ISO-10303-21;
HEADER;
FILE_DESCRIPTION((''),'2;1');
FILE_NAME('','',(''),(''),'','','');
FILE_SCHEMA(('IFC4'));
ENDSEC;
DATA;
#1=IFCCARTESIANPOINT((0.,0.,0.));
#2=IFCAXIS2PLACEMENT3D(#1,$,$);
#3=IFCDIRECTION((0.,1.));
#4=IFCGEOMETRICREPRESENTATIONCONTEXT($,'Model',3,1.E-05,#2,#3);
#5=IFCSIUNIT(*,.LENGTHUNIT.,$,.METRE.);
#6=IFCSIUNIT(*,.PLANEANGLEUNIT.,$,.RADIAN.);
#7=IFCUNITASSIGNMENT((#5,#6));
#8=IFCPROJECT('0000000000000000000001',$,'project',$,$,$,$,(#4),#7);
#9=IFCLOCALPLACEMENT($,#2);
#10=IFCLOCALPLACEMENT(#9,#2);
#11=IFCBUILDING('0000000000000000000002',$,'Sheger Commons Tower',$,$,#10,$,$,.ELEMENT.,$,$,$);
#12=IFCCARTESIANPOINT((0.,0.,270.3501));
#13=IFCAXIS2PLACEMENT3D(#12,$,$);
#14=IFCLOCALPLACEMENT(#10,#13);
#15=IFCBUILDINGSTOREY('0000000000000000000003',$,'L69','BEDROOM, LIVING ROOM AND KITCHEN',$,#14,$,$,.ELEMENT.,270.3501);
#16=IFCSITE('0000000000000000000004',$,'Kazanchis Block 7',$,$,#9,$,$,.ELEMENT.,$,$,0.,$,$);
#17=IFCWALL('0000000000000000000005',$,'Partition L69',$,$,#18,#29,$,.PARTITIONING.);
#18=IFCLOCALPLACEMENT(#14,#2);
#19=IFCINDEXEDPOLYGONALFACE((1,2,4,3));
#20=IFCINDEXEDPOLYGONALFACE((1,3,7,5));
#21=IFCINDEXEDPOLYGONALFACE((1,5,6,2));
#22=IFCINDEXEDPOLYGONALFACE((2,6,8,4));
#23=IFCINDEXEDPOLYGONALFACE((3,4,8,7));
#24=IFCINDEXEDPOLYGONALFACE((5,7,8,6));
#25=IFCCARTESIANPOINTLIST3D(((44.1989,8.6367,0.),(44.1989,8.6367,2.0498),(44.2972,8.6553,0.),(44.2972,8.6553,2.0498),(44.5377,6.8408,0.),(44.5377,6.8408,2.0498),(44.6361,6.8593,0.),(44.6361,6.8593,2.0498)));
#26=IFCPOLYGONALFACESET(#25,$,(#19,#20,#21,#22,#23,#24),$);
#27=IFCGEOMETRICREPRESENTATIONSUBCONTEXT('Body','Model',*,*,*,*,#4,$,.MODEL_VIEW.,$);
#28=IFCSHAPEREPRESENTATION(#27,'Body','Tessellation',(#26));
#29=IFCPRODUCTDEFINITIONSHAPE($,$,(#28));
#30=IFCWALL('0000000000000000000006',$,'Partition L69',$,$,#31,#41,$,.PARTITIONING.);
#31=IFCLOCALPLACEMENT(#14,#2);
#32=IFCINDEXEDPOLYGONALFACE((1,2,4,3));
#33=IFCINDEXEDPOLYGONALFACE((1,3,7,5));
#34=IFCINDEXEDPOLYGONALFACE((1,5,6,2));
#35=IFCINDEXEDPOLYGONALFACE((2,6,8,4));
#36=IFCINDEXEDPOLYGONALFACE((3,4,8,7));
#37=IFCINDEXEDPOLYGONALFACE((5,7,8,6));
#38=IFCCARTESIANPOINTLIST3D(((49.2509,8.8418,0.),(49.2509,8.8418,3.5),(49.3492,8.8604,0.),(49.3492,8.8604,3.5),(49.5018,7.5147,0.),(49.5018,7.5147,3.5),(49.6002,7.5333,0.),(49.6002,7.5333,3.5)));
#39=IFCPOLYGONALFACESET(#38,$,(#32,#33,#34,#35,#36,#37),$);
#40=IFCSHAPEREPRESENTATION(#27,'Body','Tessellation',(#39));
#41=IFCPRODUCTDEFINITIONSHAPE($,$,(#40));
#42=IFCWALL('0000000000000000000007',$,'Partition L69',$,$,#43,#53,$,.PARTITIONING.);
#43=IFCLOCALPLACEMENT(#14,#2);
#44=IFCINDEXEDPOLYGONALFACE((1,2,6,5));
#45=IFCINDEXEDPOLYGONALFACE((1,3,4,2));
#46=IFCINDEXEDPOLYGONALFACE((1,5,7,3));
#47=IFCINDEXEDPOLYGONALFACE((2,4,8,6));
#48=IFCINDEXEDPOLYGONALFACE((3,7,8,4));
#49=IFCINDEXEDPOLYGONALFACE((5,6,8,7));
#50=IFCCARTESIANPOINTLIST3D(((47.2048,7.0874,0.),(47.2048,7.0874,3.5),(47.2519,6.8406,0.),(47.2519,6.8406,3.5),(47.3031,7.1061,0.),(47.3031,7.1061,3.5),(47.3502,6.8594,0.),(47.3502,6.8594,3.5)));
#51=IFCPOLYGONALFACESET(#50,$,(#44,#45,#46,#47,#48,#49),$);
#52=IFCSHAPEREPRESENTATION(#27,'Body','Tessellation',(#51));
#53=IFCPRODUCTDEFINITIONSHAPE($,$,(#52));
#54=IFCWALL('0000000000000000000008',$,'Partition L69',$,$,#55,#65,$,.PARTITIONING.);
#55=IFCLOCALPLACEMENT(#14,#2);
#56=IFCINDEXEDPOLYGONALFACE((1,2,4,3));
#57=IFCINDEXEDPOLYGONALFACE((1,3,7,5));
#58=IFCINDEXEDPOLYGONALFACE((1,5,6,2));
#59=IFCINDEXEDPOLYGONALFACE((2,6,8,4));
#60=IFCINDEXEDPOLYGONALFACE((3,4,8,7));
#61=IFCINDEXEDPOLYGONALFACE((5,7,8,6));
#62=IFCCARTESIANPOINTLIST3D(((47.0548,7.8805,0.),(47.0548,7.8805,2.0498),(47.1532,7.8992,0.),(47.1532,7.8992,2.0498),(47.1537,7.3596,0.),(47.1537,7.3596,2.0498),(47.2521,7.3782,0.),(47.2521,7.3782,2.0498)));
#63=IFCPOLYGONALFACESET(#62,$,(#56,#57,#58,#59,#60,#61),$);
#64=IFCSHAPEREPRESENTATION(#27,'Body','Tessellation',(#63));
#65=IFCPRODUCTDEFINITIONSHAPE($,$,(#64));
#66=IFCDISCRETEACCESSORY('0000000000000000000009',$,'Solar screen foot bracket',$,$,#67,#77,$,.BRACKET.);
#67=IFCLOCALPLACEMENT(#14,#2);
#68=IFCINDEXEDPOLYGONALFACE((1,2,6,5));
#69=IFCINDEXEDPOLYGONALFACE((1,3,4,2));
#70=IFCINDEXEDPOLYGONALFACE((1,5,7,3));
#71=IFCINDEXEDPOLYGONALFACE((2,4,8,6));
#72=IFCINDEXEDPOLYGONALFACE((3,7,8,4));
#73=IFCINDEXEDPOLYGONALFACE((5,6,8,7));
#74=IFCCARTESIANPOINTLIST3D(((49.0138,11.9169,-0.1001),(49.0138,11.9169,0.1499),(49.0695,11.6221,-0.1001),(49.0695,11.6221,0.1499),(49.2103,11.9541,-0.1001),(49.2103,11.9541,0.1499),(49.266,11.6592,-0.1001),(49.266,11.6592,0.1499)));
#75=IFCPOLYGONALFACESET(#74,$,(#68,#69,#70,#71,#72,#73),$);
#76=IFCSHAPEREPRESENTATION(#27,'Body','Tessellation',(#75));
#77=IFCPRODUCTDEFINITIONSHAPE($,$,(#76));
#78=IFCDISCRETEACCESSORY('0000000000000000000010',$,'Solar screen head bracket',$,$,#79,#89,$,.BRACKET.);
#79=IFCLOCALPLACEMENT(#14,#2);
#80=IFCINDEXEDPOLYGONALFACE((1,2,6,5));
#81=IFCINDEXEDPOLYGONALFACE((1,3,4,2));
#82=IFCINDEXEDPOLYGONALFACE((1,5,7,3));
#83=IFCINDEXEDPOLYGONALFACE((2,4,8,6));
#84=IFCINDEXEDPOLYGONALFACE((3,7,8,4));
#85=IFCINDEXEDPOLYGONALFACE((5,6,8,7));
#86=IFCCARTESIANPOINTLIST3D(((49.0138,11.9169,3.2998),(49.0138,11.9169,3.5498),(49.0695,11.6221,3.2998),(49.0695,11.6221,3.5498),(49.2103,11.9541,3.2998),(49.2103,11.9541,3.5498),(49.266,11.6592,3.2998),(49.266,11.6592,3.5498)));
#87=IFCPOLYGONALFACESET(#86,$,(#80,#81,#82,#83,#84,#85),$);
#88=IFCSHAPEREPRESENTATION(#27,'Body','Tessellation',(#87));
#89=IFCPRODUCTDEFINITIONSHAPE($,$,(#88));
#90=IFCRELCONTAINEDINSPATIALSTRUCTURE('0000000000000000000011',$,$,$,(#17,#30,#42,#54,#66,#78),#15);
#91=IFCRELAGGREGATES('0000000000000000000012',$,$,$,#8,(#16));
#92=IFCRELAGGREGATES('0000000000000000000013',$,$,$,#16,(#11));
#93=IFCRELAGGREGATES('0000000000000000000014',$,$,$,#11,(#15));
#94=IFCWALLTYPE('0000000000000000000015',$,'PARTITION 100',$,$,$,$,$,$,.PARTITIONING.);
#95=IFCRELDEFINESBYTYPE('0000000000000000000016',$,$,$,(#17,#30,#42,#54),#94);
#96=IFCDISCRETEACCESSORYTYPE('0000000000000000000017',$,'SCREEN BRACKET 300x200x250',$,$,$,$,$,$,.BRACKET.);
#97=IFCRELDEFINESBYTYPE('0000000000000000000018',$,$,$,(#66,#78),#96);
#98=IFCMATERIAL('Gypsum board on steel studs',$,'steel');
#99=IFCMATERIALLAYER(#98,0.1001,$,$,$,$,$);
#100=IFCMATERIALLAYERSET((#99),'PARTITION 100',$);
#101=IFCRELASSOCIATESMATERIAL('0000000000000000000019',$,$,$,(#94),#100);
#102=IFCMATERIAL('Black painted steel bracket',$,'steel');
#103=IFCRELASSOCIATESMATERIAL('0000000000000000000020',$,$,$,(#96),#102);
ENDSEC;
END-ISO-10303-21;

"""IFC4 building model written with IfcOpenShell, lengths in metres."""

from ifc_helpers import new_model, si_unit, direction, frame, frame_2d, origin, origin_2d, place, context, subcontext, project, spatial, rectangle, extrude, material, layer, layer_set, type_object, element, save


model = new_model("IFC4")

# Units and contexts
model_context = context("Model", 3, precision=1e-05, world=origin(), true_north=direction((0.0, 1.0)))
body_context = subcontext(model_context, "Body", "Model", "MODEL_VIEW")
ifc_project = project(units=[si_unit("LENGTHUNIT", "METRE"), si_unit("PLANEANGLEUNIT", "RADIAN")], contexts=[model_context])

# Site, building, storey
site_placement = place(None, origin())
site = spatial("IfcSite", under=ifc_project, at=site_placement, Name="Kazanchis Block 7", CompositionType="ELEMENT", RefElevation=0.0)
building_placement = place(site_placement, origin())
building = spatial("IfcBuilding", under=site, at=building_placement, Name="Sheger Commons Tower", CompositionType="ELEMENT")
storey_placement = place(building_placement, frame((0.0, 0.0, 270.3501)))
storey = spatial("IfcBuildingStorey", under=building, at=storey_placement, Name="L69", Description="BEDROOM, LIVING ROOM AND KITCHEN", CompositionType="ELEMENT", Elevation=270.3501)

# Walls
ifc_material_1 = material(Name="Gypsum board on steel studs", Category="steel")
ifc_layer_1 = layer(ifc_material_1, 0.1001)
ifc_layer_set_1 = layer_set([ifc_layer_1], Name="PARTITION 100")
wall_type_1 = type_object("IfcWallType", Name="PARTITION 100", PredefinedType="PARTITIONING", material=ifc_layer_set_1)
wall_1_placement = place(storey_placement, frame((44.248, 8.646, 0.0), z_axis=(0.0, 0.0, 1.0), x_axis=(0.185418, -0.98266, 0.0)))
element("IfcWall", 1, at=wall_1_placement, inside=storey, type_object=wall_type_1, Name="Partition L69", PredefinedType="PARTITIONING", context=body_context, shape_type="SweptSolid", body=[
    extrude(rectangle(XDim=1.8276, YDim=0.1001, at=frame_2d((0.9138, 0.0))), origin(), (0.0, 0.0, 1.0), 2.0498),
])
wall_2_placement = place(storey_placement, frame((49.3, 8.8511, 0.0), z_axis=(0.0, 0.0, 1.0), x_axis=(0.185816, -0.982585, 0.0)))
element("IfcWall", 2, at=wall_2_placement, inside=storey, type_object=wall_type_1, Name="Partition L69", PredefinedType="PARTITIONING", context=body_context, shape_type="SweptSolid", body=[
    extrude(rectangle(XDim=1.3506, YDim=0.1001, at=frame_2d((0.6753, 0.0))), origin(), (0.0, 0.0, 1.0), 3.5),
])
wall_3_placement = place(storey_placement, frame((47.301, 6.8501, 0.0), z_axis=(0.0, 0.0, 1.0), x_axis=(-0.187514, 0.982262, 0.0)))
element("IfcWall", 3, at=wall_3_placement, inside=storey, type_object=wall_type_1, Name="Partition L69", PredefinedType="PARTITIONING", context=body_context, shape_type="SweptSolid", body=[
    extrude(rectangle(XDim=0.2512, YDim=0.1001, at=frame_2d((0.1255, 0.0))), origin(), (0.0, 0.0, 1.0), 3.5),
])
wall_4_placement = place(storey_placement, frame((47.2029, 7.3689, 0.0), z_axis=(0.0, 0.0, 1.0), x_axis=(-0.186456, 0.982463, 0.0)))
element("IfcWall", 4, at=wall_4_placement, inside=storey, type_object=wall_type_1, Name="Partition L69", PredefinedType="PARTITIONING", context=body_context, shape_type="SweptSolid", body=[
    extrude(rectangle(XDim=0.5303, YDim=0.1001, at=frame_2d((0.2651, 0.0))), origin(), (0.0, 0.0, 1.0), 2.0498),
])

# Discrete accessories
ifc_material_2 = material(Name="Black painted steel bracket", Category="steel")
discrete_accessory_type = type_object("IfcDiscreteAccessoryType", Name="SCREEN BRACKET 300x200x250", PredefinedType="BRACKET", material=ifc_material_2)
for number, where, z_axis, x_axis, name in (
    (5, (49.1399, 11.7881, -0.1001), (0.0, 0.0, 1.0), (-0.185615, 0.982623, 0.0), "Solar screen foot bracket"),
    (6, (49.1399, 11.7881, 3.2998), (0.0, 0.0, 1.0), (-0.185615, 0.982623, 0.0), "Solar screen head bracket"),
):
    element("IfcDiscreteAccessory", number, at=place(storey_placement, frame(where, z_axis=z_axis, x_axis=x_axis)), inside=storey, type_object=discrete_accessory_type, Name=name, PredefinedType="BRACKET", context=body_context, shape_type="SweptSolid", body=[
        extrude(rectangle(XDim=0.3, YDim=0.2, at=origin_2d()), origin(), (0.0, 0.0, 1.0), 0.25),
    ])

save(model, "model.ifc")
